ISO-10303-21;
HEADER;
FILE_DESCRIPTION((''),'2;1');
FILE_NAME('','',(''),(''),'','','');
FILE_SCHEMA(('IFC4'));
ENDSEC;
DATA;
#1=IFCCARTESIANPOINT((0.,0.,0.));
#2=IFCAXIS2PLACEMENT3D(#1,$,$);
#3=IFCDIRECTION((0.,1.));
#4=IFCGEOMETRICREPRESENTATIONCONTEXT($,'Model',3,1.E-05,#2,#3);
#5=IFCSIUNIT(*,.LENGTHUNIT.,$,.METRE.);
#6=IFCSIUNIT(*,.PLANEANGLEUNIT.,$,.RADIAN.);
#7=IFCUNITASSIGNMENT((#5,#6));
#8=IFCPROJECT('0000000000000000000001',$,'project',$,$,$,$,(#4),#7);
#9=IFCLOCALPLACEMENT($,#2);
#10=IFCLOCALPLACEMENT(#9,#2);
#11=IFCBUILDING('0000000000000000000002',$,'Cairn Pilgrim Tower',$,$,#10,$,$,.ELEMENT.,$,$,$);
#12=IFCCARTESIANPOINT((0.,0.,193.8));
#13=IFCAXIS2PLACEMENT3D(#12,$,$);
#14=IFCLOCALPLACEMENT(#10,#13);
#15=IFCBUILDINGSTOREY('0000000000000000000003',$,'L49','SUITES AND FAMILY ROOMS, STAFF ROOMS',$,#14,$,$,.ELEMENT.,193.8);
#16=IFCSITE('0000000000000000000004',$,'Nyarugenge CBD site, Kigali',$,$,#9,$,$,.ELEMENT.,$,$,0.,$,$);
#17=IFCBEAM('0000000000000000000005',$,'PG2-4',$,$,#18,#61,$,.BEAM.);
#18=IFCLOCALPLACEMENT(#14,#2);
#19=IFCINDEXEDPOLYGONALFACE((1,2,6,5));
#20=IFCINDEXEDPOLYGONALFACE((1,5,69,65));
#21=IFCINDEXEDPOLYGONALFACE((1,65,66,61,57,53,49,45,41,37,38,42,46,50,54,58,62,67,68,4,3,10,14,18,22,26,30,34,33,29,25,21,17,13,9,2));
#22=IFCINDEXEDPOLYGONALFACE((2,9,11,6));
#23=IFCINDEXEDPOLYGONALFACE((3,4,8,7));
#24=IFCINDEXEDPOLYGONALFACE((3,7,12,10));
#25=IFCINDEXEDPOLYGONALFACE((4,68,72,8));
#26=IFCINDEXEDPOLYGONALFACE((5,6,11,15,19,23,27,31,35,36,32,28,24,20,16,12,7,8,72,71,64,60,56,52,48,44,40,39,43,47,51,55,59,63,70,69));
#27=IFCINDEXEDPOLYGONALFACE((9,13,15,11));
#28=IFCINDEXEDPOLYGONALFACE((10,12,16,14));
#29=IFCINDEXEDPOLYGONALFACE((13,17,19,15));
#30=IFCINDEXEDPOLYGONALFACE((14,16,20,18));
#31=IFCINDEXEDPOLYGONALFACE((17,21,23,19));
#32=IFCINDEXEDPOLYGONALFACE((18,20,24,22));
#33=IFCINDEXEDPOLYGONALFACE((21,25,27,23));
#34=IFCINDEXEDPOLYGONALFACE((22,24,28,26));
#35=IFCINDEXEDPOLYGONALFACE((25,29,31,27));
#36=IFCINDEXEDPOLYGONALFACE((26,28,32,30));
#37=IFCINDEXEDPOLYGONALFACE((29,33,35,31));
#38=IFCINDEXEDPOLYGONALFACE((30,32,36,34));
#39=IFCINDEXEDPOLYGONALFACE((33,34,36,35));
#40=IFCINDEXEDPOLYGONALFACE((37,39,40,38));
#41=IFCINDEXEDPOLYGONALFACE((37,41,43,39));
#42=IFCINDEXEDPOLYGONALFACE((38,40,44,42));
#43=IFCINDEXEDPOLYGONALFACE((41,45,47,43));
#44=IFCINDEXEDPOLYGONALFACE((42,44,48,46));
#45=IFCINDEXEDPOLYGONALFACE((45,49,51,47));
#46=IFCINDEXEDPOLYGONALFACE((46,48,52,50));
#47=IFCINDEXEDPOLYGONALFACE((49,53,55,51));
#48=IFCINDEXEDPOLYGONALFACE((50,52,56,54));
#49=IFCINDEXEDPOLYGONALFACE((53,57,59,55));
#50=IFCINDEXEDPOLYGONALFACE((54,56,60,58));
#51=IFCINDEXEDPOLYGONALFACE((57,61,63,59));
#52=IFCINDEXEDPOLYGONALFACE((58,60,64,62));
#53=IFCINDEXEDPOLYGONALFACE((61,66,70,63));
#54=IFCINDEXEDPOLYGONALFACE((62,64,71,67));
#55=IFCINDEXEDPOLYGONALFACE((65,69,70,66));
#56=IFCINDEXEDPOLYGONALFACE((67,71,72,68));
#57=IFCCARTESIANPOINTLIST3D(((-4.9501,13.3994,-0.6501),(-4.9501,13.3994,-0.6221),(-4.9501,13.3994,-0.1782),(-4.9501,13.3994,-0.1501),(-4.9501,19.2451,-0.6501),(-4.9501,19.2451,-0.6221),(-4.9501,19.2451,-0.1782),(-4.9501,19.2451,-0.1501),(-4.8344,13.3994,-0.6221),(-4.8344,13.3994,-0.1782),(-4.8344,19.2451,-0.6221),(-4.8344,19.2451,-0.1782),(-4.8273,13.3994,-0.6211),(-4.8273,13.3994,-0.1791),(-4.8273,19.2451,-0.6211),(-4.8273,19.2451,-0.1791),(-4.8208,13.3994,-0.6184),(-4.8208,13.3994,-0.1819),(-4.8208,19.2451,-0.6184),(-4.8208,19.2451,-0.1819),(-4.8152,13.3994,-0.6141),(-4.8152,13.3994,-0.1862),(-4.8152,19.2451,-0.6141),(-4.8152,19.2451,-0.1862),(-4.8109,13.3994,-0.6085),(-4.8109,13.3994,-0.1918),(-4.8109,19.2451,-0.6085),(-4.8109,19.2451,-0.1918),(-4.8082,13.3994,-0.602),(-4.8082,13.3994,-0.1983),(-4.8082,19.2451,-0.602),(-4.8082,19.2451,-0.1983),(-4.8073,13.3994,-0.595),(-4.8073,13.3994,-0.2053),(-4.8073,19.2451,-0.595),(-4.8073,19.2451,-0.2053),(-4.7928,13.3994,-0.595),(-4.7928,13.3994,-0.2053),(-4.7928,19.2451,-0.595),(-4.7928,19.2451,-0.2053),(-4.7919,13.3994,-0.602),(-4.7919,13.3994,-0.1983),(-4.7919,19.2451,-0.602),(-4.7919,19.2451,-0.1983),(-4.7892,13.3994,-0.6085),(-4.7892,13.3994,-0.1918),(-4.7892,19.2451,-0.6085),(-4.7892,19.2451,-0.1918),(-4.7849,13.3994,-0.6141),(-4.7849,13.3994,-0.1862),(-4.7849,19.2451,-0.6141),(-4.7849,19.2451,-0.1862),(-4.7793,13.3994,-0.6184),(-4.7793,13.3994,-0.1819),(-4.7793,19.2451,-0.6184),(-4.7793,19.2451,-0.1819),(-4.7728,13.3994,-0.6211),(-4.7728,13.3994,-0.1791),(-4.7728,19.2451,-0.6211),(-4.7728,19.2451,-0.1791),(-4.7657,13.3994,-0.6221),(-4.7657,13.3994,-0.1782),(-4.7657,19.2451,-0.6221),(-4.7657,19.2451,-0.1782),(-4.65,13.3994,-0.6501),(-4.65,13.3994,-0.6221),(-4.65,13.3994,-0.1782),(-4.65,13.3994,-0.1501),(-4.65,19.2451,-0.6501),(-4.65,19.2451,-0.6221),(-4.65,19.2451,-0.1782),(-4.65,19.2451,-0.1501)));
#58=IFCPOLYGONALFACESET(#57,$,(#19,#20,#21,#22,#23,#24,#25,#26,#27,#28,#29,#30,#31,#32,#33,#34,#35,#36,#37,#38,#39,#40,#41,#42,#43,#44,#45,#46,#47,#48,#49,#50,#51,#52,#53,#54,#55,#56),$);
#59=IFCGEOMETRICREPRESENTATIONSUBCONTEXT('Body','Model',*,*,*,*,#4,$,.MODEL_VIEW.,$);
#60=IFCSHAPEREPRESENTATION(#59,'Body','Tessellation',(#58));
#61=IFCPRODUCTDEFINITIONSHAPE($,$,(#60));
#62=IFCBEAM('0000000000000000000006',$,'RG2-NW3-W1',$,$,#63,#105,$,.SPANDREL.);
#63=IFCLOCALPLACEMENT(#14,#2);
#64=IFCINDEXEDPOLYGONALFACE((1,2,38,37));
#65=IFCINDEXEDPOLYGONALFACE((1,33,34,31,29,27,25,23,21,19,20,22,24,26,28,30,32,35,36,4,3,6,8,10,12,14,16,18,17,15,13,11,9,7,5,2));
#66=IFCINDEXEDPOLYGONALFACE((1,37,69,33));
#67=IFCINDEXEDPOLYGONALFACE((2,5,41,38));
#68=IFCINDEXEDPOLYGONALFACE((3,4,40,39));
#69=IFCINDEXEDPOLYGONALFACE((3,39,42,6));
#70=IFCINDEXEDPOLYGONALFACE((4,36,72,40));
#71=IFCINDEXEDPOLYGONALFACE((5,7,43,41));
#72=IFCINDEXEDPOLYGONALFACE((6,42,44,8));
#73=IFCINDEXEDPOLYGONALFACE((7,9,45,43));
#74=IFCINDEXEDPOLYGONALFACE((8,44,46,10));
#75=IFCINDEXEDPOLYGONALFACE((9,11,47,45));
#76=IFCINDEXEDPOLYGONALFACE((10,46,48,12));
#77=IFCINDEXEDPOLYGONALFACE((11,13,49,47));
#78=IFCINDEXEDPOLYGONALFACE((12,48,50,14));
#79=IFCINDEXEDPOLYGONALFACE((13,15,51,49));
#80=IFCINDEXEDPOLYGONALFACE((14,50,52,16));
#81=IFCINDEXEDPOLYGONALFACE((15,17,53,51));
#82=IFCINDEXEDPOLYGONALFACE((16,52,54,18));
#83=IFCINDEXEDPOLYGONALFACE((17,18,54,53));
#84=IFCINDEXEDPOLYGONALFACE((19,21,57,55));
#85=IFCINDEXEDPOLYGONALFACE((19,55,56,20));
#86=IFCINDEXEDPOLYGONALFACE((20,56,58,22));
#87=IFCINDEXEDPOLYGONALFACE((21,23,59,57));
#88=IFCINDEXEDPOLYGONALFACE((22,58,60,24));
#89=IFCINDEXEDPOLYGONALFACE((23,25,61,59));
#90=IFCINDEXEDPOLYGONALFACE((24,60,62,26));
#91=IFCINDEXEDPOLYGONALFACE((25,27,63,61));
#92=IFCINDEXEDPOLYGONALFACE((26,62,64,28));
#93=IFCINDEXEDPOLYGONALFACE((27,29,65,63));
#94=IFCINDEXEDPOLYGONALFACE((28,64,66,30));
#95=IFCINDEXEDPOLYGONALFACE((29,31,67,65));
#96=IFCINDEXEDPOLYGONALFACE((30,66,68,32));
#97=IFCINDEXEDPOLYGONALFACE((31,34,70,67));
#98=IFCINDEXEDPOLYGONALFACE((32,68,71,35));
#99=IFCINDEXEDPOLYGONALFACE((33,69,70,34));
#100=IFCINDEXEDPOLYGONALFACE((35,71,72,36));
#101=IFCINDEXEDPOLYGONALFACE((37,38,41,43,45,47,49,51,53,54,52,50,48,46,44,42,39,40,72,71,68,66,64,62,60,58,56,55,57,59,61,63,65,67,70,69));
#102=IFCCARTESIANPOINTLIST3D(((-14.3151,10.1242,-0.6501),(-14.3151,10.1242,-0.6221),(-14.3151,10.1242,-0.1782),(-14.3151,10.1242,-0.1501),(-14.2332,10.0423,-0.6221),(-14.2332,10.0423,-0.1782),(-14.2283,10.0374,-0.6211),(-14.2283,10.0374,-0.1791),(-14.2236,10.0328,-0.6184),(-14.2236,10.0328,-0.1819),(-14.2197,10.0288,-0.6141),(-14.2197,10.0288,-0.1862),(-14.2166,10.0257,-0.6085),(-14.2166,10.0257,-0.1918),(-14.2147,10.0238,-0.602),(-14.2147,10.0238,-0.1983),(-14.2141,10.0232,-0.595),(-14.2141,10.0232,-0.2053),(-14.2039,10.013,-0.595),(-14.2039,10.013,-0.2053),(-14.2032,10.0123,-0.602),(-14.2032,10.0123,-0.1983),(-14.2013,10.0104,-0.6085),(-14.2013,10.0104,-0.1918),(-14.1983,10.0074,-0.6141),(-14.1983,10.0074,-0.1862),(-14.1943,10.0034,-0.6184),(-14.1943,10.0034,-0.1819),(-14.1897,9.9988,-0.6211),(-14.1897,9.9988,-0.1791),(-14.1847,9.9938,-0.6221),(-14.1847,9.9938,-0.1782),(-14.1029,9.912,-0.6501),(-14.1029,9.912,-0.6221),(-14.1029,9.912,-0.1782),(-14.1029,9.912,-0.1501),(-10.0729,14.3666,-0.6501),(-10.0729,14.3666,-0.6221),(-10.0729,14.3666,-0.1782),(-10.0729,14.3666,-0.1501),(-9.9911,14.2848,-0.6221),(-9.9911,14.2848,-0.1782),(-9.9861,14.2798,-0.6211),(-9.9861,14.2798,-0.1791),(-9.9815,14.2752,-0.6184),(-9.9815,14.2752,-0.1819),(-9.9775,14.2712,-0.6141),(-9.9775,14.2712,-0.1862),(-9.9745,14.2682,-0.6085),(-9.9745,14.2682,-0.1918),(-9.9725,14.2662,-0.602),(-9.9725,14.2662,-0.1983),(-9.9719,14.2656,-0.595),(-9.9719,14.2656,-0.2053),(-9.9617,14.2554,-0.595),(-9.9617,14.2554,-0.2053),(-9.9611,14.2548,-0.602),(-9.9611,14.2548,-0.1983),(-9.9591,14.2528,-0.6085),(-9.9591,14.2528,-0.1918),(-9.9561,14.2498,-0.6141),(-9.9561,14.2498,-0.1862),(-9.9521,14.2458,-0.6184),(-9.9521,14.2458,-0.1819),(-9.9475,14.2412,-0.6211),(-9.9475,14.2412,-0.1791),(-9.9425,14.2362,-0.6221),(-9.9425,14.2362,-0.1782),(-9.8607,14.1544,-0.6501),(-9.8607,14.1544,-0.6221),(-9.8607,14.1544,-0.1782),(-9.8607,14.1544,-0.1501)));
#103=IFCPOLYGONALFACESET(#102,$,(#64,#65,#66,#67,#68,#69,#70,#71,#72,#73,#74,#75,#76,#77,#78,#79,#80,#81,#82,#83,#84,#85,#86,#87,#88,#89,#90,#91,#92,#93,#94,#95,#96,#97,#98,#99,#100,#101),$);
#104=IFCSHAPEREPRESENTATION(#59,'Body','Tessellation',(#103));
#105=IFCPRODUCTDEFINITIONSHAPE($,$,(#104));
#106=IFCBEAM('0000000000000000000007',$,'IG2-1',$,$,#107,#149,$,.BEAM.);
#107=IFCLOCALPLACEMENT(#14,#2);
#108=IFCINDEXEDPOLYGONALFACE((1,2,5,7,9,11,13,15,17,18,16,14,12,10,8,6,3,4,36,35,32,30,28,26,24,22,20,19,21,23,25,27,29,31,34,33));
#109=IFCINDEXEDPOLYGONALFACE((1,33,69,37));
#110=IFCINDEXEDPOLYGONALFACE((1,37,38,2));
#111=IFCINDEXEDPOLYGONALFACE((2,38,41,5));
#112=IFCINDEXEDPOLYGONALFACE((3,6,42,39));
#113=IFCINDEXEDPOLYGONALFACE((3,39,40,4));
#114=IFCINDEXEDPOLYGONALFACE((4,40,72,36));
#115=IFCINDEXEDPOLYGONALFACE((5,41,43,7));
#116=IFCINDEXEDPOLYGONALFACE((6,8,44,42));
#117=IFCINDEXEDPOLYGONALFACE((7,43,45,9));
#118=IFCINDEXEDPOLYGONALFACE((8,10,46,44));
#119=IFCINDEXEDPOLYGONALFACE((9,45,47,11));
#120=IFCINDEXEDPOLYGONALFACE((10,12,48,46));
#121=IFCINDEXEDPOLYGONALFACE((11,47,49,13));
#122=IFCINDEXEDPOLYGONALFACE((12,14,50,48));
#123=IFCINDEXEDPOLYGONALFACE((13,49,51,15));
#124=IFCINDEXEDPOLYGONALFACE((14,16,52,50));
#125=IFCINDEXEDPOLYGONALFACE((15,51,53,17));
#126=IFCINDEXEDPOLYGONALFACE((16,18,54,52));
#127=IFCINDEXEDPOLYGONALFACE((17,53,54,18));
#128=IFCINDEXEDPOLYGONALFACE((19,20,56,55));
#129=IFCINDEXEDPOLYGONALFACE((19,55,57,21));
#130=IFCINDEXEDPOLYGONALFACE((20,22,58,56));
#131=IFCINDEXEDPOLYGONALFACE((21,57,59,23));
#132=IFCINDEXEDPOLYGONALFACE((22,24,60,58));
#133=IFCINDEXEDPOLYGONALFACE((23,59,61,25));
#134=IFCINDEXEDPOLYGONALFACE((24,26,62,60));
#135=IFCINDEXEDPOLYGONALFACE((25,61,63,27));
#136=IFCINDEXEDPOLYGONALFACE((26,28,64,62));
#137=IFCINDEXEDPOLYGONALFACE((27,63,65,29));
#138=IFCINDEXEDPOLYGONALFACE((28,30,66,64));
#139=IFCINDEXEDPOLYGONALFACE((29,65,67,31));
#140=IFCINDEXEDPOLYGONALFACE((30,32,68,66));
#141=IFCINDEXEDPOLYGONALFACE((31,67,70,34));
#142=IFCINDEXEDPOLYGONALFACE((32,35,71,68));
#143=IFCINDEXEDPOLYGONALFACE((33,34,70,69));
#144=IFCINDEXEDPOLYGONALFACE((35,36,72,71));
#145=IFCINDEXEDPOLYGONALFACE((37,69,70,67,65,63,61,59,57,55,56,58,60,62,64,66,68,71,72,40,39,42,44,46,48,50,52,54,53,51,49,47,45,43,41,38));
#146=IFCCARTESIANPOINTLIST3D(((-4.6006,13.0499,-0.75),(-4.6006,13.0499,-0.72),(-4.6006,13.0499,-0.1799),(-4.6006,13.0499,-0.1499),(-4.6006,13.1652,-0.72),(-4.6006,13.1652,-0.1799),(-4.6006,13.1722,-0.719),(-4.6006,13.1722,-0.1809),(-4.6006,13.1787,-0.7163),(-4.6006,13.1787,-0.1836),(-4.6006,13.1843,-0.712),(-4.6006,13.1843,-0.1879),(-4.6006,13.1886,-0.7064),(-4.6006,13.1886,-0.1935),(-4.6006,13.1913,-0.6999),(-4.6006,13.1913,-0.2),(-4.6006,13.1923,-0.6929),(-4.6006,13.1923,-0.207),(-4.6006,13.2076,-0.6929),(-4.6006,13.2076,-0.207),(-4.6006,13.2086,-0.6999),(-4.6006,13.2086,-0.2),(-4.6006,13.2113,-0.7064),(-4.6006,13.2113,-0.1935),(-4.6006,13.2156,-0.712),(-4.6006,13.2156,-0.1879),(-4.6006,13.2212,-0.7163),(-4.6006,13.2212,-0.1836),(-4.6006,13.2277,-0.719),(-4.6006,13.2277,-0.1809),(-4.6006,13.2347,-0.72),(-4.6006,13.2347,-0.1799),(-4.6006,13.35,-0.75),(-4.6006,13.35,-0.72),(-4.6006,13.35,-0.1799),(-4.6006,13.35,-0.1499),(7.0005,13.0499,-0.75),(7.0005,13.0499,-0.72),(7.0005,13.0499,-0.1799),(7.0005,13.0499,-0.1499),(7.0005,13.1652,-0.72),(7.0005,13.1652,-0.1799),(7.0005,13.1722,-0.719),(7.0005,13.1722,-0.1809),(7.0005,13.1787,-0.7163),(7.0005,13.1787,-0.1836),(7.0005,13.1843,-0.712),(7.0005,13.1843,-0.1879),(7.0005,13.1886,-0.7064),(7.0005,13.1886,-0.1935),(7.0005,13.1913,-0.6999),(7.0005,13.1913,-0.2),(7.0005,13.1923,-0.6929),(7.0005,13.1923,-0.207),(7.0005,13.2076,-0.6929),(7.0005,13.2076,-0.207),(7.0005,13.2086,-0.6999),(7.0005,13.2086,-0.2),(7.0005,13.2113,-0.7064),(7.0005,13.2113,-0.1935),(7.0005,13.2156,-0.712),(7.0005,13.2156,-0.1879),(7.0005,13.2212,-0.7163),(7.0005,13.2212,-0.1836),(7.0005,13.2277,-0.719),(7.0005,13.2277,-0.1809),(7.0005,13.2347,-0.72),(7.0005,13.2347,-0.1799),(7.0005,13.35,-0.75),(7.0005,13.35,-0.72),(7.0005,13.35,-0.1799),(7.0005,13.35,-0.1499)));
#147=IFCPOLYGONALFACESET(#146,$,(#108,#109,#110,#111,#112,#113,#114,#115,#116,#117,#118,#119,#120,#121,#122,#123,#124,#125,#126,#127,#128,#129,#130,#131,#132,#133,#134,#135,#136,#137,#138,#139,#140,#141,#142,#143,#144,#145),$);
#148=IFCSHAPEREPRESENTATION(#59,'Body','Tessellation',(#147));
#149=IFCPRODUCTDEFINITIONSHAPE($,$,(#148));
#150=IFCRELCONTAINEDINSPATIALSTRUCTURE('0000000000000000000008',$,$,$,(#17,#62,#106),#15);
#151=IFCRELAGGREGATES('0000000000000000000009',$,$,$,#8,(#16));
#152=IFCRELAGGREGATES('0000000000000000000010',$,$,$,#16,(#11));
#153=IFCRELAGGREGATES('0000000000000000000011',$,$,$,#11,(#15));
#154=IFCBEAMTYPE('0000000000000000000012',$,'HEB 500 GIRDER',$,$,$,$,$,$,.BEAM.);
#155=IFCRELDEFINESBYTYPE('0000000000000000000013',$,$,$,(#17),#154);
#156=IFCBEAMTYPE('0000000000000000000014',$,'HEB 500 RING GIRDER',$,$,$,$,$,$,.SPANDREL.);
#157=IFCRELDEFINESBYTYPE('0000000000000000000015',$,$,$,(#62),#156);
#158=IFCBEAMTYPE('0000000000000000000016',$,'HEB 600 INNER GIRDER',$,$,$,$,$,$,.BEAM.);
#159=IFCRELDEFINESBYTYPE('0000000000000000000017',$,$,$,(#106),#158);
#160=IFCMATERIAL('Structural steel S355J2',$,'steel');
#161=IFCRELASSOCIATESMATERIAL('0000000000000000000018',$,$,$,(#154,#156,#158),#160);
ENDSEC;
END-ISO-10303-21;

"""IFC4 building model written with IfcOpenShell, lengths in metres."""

from ifc_helpers import new_model, si_unit, direction, frame, origin, origin_2d, place, context, subcontext, project, spatial, i_section, extrude, material, material_profile, profile_set, type_object, element, save


model = new_model("IFC4")

# Units and contexts
model_context = context("Model", 3, precision=1e-05, world=origin(), true_north=direction((0.0, 1.0)))
body_context = subcontext(model_context, "Body", "Model", "MODEL_VIEW")
ifc_project = project(units=[si_unit("LENGTHUNIT", "METRE"), si_unit("PLANEANGLEUNIT", "RADIAN")], contexts=[model_context])

# Site, building, storey
site_placement = place(None, origin())
site = spatial("IfcSite", under=ifc_project, at=site_placement, Name="Nyarugenge CBD site, Kigali", CompositionType="ELEMENT", RefElevation=0.0)
building_placement = place(site_placement, origin())
building = spatial("IfcBuilding", under=site, at=building_placement, Name="Cairn Pilgrim Tower", CompositionType="ELEMENT")
storey_placement = place(building_placement, frame((0.0, 0.0, 193.8)))
storey = spatial("IfcBuildingStorey", under=building, at=storey_placement, Name="L49", Description="SUITES AND FAMILY ROOMS, STAFF ROOMS", CompositionType="ELEMENT", Elevation=193.8)

# Shared definitions
ifc_material_1 = material(Name="Structural steel S355J2", Category="steel")

# Beams
ifc_material_profile_1 = material_profile(ifc_material_1, i_section(OverallWidth=0.3, OverallDepth=0.5, WebThickness=0.0144, FlangeThickness=0.0281, FilletRadius=0.0271, at=origin_2d()), Name="HEB 500")
ifc_profile_set_1 = profile_set([ifc_material_profile_1], Name="Structural steel S355J2")
beam_type_1 = type_object("IfcBeamType", Name="HEB 500 GIRDER", PredefinedType="BEAM", material=ifc_profile_set_1)
beam_1_placement = place(storey_placement, frame((-4.8, 13.3994, -0.4001), z_axis=(0.0, 1.0, 0.0), x_axis=(-1.0, 0.0, 0.0)))
element("IfcBeam", 1, at=beam_1_placement, inside=storey, type_object=beam_type_1, Name="PG2-4", PredefinedType="BEAM", context=body_context, shape_type="SweptSolid", body=[
    extrude(i_section(OverallWidth=0.3, OverallDepth=0.5, WebThickness=0.0144, FlangeThickness=0.0281, FilletRadius=0.0271, at=origin_2d()), origin(), (0.0, 0.0, 1.0), 5.8457),
])
ifc_material_profile_2 = material_profile(ifc_material_1, i_section(OverallWidth=0.3, OverallDepth=0.5, WebThickness=0.0144, FlangeThickness=0.0281, FilletRadius=0.0271, at=origin_2d()), Name="HEB 500")
ifc_profile_set_2 = profile_set([ifc_material_profile_2], Name="Structural steel S355J2")
beam_type_2 = type_object("IfcBeamType", Name="HEB 500 RING GIRDER", PredefinedType="SPANDREL", material=ifc_profile_set_2)
beam_2_placement = place(storey_placement, frame((-9.9668, 14.2605, -0.4001), z_axis=(-0.707086, -0.707127, 0.0), x_axis=(0.707127, -0.707086, 0.0)))
element("IfcBeam", 2, at=beam_2_placement, inside=storey, type_object=beam_type_2, Name="RG2-NW3-W1", PredefinedType="SPANDREL", context=body_context, shape_type="SweptSolid", body=[
    extrude(i_section(OverallWidth=0.3, OverallDepth=0.5, WebThickness=0.0144, FlangeThickness=0.0281, FilletRadius=0.0271, at=origin_2d()), origin(), (0.0, 0.0, 1.0), 5.9995),
])
ifc_material_profile_3 = material_profile(ifc_material_1, i_section(OverallWidth=0.3, OverallDepth=0.6001, WebThickness=0.0154, FlangeThickness=0.03, FilletRadius=0.0271, at=origin_2d()), Name="HEB 600")
ifc_profile_set_3 = profile_set([ifc_material_profile_3], Name="Structural steel S355J2")
beam_type_3 = type_object("IfcBeamType", Name="HEB 600 INNER GIRDER", PredefinedType="BEAM", material=ifc_profile_set_3)
beam_3_placement = place(storey_placement, frame((-4.6006, 13.2, -0.45), z_axis=(1.0, 0.0, 0.0), x_axis=(0.0, 1.0, 0.0)))
element("IfcBeam", 3, at=beam_3_placement, inside=storey, type_object=beam_type_3, Name="IG2-1", PredefinedType="BEAM", context=body_context, shape_type="SweptSolid", body=[
    extrude(i_section(OverallWidth=0.3, OverallDepth=0.6001, WebThickness=0.0154, FlangeThickness=0.03, FilletRadius=0.0271, at=origin_2d()), origin(), (0.0, 0.0, 1.0), 11.6011),
])

save(model, "model.ifc")
